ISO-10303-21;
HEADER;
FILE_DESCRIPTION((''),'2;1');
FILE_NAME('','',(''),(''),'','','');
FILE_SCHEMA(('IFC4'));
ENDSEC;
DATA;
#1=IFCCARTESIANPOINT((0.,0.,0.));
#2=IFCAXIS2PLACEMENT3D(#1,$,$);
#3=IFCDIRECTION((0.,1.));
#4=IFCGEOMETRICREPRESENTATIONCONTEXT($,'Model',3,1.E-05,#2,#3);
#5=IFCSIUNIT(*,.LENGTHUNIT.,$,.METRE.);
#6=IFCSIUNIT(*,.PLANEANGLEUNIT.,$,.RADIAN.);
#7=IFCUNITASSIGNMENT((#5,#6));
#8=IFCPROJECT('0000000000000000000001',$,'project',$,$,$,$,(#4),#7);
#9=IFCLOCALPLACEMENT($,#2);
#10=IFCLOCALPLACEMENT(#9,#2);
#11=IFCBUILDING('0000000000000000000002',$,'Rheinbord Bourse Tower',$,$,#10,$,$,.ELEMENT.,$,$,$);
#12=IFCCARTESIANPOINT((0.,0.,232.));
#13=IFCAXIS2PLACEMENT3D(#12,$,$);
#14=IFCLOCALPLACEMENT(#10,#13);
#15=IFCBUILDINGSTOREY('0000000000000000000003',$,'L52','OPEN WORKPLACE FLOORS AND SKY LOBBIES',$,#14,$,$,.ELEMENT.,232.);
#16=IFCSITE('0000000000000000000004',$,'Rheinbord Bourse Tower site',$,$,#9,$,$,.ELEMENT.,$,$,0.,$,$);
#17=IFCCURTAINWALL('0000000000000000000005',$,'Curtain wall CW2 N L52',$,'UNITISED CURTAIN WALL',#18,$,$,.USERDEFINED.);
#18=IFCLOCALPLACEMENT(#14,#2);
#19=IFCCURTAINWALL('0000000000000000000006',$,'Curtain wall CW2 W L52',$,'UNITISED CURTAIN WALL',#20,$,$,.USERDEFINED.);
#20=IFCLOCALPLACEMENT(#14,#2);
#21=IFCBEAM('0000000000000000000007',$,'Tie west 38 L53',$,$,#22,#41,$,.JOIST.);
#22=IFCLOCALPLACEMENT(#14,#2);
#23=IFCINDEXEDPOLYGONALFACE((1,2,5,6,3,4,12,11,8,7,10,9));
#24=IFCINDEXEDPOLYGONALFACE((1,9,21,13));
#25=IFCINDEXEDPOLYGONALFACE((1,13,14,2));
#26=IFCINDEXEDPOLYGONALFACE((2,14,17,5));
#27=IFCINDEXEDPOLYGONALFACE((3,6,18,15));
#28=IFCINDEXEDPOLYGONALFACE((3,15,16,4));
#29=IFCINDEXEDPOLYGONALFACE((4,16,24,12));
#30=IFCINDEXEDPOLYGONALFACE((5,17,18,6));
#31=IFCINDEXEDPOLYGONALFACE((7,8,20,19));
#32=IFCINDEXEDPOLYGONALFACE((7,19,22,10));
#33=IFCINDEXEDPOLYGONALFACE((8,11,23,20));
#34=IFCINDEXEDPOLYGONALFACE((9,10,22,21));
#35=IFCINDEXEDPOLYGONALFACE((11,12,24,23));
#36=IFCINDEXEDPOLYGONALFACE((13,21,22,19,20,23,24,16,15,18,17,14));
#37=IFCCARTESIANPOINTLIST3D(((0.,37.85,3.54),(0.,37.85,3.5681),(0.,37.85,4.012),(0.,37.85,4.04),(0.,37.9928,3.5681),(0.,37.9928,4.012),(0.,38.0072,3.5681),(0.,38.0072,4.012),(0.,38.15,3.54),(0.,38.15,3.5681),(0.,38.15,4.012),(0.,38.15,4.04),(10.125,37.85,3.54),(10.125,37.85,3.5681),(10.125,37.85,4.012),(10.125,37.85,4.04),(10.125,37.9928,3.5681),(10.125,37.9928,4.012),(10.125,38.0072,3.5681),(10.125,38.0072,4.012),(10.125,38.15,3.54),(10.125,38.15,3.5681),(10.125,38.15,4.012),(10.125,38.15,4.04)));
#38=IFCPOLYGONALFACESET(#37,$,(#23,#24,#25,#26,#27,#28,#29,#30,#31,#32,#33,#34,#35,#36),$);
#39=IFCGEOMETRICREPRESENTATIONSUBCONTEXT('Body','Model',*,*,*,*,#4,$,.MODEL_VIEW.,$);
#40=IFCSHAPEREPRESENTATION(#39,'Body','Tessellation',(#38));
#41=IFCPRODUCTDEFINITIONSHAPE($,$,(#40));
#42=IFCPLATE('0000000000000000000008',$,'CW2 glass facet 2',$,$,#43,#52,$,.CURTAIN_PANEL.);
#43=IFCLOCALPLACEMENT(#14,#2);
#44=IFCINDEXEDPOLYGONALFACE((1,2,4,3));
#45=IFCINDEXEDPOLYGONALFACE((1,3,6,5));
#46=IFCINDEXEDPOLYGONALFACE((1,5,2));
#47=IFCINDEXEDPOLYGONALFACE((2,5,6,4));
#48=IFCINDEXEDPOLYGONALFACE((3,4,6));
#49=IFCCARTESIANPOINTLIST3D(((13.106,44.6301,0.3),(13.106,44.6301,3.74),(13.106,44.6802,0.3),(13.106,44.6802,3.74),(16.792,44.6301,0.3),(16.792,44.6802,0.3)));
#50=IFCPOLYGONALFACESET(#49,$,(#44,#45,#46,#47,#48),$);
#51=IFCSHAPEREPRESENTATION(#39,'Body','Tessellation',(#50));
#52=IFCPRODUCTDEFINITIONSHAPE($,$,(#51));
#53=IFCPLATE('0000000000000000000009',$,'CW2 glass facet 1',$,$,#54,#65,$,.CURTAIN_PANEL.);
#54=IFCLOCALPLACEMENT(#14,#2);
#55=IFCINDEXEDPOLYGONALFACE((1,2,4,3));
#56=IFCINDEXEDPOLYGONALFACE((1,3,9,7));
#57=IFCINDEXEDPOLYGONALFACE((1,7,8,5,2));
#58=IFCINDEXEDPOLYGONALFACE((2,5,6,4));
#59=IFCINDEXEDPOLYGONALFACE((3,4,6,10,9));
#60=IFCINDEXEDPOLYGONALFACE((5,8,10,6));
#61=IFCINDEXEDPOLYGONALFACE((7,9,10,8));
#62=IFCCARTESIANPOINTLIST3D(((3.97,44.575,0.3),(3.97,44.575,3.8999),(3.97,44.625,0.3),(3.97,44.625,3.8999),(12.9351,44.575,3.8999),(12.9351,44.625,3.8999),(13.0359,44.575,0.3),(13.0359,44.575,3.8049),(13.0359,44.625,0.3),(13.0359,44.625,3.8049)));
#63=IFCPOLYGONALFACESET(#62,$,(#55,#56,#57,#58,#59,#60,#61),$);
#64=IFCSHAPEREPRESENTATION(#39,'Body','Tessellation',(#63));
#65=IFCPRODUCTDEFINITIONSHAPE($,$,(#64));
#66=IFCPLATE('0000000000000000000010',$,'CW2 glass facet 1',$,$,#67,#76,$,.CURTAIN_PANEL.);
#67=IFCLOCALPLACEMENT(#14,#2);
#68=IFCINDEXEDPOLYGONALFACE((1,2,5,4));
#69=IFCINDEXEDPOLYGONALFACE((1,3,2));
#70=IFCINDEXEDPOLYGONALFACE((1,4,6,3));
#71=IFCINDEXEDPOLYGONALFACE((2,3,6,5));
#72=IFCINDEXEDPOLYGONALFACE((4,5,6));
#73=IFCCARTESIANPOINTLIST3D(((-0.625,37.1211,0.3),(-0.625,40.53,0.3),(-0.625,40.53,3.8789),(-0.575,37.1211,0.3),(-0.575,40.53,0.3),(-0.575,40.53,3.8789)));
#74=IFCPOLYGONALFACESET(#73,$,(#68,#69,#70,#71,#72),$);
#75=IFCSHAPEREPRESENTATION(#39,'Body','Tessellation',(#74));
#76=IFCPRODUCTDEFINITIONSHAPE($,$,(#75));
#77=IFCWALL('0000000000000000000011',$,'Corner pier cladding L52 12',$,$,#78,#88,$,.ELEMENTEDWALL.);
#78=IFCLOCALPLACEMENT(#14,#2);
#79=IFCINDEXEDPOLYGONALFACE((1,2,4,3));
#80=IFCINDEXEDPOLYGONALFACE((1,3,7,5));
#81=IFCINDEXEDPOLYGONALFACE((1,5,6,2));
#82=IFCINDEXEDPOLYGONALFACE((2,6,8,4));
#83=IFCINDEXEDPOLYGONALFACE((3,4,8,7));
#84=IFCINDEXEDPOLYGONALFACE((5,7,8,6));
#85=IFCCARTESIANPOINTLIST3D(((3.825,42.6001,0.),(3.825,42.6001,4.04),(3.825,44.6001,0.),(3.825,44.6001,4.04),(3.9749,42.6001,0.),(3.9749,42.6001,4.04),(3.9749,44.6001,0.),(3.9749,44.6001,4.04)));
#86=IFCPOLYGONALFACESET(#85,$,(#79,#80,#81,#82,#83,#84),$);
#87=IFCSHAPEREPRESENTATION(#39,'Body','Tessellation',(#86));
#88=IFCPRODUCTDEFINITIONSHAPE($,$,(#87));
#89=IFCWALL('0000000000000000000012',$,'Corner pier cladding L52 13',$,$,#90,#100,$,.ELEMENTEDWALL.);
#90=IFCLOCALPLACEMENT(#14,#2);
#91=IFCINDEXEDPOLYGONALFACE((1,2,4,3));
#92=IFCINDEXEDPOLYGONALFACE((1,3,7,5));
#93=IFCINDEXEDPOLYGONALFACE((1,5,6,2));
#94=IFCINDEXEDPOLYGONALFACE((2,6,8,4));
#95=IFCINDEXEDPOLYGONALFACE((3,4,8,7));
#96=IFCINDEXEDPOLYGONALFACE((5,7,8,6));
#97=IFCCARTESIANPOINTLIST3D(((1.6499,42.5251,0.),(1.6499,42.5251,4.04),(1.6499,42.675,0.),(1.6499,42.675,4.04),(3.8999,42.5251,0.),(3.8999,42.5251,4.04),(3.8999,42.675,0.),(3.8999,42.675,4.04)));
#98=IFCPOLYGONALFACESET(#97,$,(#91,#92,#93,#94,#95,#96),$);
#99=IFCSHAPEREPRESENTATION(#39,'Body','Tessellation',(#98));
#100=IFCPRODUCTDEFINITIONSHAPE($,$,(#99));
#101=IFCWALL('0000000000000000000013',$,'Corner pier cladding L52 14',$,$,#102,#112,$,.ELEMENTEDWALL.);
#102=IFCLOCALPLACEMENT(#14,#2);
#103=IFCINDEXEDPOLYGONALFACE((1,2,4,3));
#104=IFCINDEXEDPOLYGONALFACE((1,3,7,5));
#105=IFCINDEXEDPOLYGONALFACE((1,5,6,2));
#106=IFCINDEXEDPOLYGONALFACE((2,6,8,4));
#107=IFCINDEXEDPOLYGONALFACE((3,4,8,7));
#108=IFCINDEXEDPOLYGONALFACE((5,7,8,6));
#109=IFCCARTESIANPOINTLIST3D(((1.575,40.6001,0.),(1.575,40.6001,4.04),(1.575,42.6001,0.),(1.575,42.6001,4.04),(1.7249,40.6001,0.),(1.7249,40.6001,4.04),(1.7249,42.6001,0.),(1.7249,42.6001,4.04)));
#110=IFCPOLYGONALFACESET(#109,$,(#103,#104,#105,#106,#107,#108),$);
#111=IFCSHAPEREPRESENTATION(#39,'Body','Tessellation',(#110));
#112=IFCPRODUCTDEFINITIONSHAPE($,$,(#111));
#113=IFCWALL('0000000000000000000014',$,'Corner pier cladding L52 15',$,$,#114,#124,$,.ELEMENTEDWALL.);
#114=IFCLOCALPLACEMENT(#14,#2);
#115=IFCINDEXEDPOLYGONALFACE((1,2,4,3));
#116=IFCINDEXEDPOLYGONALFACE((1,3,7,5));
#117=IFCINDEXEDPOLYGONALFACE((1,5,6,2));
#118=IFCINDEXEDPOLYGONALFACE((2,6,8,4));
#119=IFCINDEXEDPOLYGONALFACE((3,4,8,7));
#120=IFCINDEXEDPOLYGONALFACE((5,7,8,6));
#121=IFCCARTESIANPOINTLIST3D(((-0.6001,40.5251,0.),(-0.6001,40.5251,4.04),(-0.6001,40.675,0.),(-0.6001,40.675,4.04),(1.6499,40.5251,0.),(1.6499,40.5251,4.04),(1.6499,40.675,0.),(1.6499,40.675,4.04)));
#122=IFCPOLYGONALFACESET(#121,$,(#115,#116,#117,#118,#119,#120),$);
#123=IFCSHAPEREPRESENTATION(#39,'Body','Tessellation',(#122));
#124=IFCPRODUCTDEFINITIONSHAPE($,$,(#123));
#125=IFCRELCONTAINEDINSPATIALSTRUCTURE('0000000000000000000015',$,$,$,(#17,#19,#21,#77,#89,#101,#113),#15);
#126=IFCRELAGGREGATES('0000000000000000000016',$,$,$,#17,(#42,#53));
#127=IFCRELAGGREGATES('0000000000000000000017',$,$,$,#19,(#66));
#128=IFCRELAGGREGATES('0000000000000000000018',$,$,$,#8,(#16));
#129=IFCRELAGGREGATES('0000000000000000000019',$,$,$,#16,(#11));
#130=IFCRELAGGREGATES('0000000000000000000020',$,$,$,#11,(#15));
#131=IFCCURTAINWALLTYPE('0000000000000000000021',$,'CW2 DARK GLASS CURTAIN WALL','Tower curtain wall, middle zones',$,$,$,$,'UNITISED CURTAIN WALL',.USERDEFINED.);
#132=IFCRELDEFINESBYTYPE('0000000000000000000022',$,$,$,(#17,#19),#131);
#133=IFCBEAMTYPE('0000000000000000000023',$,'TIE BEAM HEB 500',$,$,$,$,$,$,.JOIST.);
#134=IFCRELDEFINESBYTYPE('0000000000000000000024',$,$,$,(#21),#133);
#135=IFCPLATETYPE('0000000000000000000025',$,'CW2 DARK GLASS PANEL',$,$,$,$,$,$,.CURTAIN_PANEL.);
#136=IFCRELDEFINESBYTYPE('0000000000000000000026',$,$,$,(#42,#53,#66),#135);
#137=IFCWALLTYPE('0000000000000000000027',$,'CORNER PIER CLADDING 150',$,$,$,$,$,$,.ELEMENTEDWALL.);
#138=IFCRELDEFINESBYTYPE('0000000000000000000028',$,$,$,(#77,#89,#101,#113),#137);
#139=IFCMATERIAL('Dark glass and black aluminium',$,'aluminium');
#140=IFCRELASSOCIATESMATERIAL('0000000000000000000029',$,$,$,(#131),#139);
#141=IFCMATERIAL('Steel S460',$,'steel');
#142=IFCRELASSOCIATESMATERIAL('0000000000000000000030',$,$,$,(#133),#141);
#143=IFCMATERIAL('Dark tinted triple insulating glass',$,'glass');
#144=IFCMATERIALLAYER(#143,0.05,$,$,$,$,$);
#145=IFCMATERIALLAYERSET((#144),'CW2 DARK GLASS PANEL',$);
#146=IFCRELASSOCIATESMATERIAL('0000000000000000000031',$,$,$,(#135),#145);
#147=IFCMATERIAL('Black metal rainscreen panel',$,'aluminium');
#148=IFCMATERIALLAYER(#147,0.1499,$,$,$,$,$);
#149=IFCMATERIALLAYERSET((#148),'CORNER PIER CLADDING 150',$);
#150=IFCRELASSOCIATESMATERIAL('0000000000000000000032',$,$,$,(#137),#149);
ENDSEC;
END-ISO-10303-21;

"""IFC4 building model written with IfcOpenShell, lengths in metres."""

from ifc_helpers import new_model, si_unit, direction, frame, frame_2d, origin, origin_2d, place, context, subcontext, project, spatial, polyline, rectangle, i_section, outline, extrude, material, layer, layer_set, material_profile, profile_set, type_object, element, aggregate, save


model = new_model("IFC4")

# Units and contexts
model_context = context("Model", 3, precision=1e-05, world=origin(), true_north=direction((0.0, 1.0)))
body_context = subcontext(model_context, "Body", "Model", "MODEL_VIEW")
ifc_project = project(units=[si_unit("LENGTHUNIT", "METRE"), si_unit("PLANEANGLEUNIT", "RADIAN")], contexts=[model_context])

# Site, building, storey
site_placement = place(None, origin())
site = spatial("IfcSite", under=ifc_project, at=site_placement, Name="Rheinbord Bourse Tower site", CompositionType="ELEMENT", RefElevation=0.0)
building_placement = place(site_placement, origin())
building = spatial("IfcBuilding", under=site, at=building_placement, Name="Rheinbord Bourse Tower", CompositionType="ELEMENT")
storey_placement = place(building_placement, frame((0.0, 0.0, 232.0)))
storey = spatial("IfcBuildingStorey", under=building, at=storey_placement, Name="L52", Description="OPEN WORKPLACE FLOORS AND SKY LOBBIES", CompositionType="ELEMENT", Elevation=232.0)

# Curtain wall
ifc_material_1 = material(Name="Dark glass and black aluminium", Category="aluminium")
curtain_wall_type = type_object("IfcCurtainWallType", Name="CW2 DARK GLASS CURTAIN WALL", Description="Tower curtain wall, middle zones", ElementType="UNITISED CURTAIN WALL", PredefinedType="USERDEFINED", material=ifc_material_1)
curtain_wall_1_placement = place(storey_placement, origin())
curtain_wall_1 = element("IfcCurtainWall", 1, at=curtain_wall_1_placement, inside=storey, type_object=curtain_wall_type, Name="Curtain wall CW2 N L52", ObjectType="UNITISED CURTAIN WALL", PredefinedType="USERDEFINED")

# Curtain wall
curtain_wall_2_placement = place(storey_placement, origin())
curtain_wall_2 = element("IfcCurtainWall", 2, at=curtain_wall_2_placement, inside=storey, type_object=curtain_wall_type, Name="Curtain wall CW2 W L52", ObjectType="UNITISED CURTAIN WALL", PredefinedType="USERDEFINED")

# Beam
ifc_material_2 = material(Name="Steel S460", Category="steel")
ifc_material_profile_1 = material_profile(ifc_material_2, i_section(OverallWidth=0.3, OverallDepth=0.5, WebThickness=0.0144, FlangeThickness=0.0281, at=origin_2d()), Name="HEB 500")
ifc_profile_set_1 = profile_set([ifc_material_profile_1], Name="Steel S460")
beam_type_1 = type_object("IfcBeamType", Name="TIE BEAM HEB 500", PredefinedType="JOIST", material=ifc_profile_set_1)
beam_1_placement = place(storey_placement, frame((0.0, 38.0, 3.79), z_axis=(1.0, 0.0, 0.0), x_axis=(0.0, 1.0, 0.0)))
element("IfcBeam", 3, at=beam_1_placement, inside=storey, type_object=beam_type_1, Name="Tie west 38 L53", PredefinedType="JOIST", context=body_context, shape_type="SweptSolid", body=[
    extrude(i_section(OverallWidth=0.3, OverallDepth=0.5, WebThickness=0.0144, FlangeThickness=0.0281, at=origin_2d()), origin(), (0.0, 0.0, 1.0), 10.125),
])

# Plates
ifc_material_3 = material(Name="Dark tinted triple insulating glass", Category="glass")
ifc_layer_1 = layer(ifc_material_3, 0.05)
ifc_layer_set_1 = layer_set([ifc_layer_1], Name="CW2 DARK GLASS PANEL")
plate_type = type_object("IfcPlateType", Name="CW2 DARK GLASS PANEL", PredefinedType="CURTAIN_PANEL", material=ifc_layer_set_1)
plate_1_placement = place(storey_placement, frame((13.106, 44.6802, 0.3), z_axis=(0.0, -1.0, 0.0), x_axis=(1.0, 0.0, 0.0)))
plate_1 = element("IfcPlate", 4, at=plate_1_placement, type_object=plate_type, Name="CW2 glass facet 2", PredefinedType="CURTAIN_PANEL", context=body_context, shape_type="SweptSolid", body=[
    extrude(outline(polyline([(0.0, 0.0), (3.686, 0.0), (0.0, 3.4399), (0.0, 0.0)])), origin(), (0.0, 0.0, 1.0), 0.05),
])
plate_2_placement = place(storey_placement, frame((3.97, 44.625, 3.8999), z_axis=(0.0, -1.0, 0.0), x_axis=(0.0, 0.0, -1.0)))
plate_2 = element("IfcPlate", 5, at=plate_2_placement, type_object=plate_type, Name="CW2 glass facet 1", PredefinedType="CURTAIN_PANEL", context=body_context, shape_type="SweptSolid", body=[
    extrude(outline(polyline([(0.0, 0.0), (3.5999, 0.0), (3.5999, 9.0659), (0.095, 9.0659), (0.0, 8.9651), (0.0, 0.0)])), origin(), (0.0, 0.0, 1.0), 0.05),
])
aggregate(curtain_wall_1, [plate_1, plate_2])
plate_3_placement = place(storey_placement, frame((-0.625, 40.53, 0.3), z_axis=(1.0, 0.0, 0.0), x_axis=(0.0, 0.0, 1.0)))
plate_3 = element("IfcPlate", 6, at=plate_3_placement, type_object=plate_type, Name="CW2 glass facet 1", PredefinedType="CURTAIN_PANEL", context=body_context, shape_type="SweptSolid", body=[
    extrude(outline(polyline([(0.0, 0.0), (3.5789, 0.0), (0.0, 3.4089), (0.0, 0.0)])), origin(), (0.0, 0.0, 1.0), 0.05),
])
aggregate(curtain_wall_2, [plate_3])

# Walls
ifc_material_4 = material(Name="Black metal rainscreen panel", Category="aluminium")
ifc_layer_2 = layer(ifc_material_4, 0.1499)
ifc_layer_set_2 = layer_set([ifc_layer_2], Name="CORNER PIER CLADDING 150")
wall_type = type_object("IfcWallType", Name="CORNER PIER CLADDING 150", PredefinedType="ELEMENTEDWALL", material=ifc_layer_set_2)
wall_1_placement = place(storey_placement, frame((3.8999, 44.6001, 0.0), z_axis=(0.0, 0.0, 1.0), x_axis=(0.0, -1.0, 0.0)))
element("IfcWall", 7, at=wall_1_placement, inside=storey, type_object=wall_type, Name="Corner pier cladding L52 12", PredefinedType="ELEMENTEDWALL", context=body_context, shape_type="SweptSolid", body=[
    extrude(rectangle(XDim=2.0, YDim=0.1499, at=frame_2d((1.0, 0.0))), origin(), (0.0, 0.0, 1.0), 4.04),
])
wall_2_placement = place(storey_placement, frame((3.8999, 42.6001, 0.0), z_axis=(0.0, 0.0, 1.0), x_axis=(-1.0, 0.0, 0.0)))
element("IfcWall", 8, at=wall_2_placement, inside=storey, type_object=wall_type, Name="Corner pier cladding L52 13", PredefinedType="ELEMENTEDWALL", context=body_context, shape_type="SweptSolid", body=[
    extrude(rectangle(XDim=2.25, YDim=0.1499, at=frame_2d((1.125, 0.0))), origin(), (0.0, 0.0, 1.0), 4.04),
])
wall_3_placement = place(storey_placement, frame((1.6499, 42.6001, 0.0), z_axis=(0.0, 0.0, 1.0), x_axis=(0.0, -1.0, 0.0)))
element("IfcWall", 9, at=wall_3_placement, inside=storey, type_object=wall_type, Name="Corner pier cladding L52 14", PredefinedType="ELEMENTEDWALL", context=body_context, shape_type="SweptSolid", body=[
    extrude(rectangle(XDim=2.0, YDim=0.1499, at=frame_2d((1.0, 0.0))), origin(), (0.0, 0.0, 1.0), 4.04),
])
wall_4_placement = place(storey_placement, frame((1.6499, 40.6001, 0.0), z_axis=(0.0, 0.0, 1.0), x_axis=(-1.0, 0.0, 0.0)))
element("IfcWall", 10, at=wall_4_placement, inside=storey, type_object=wall_type, Name="Corner pier cladding L52 15", PredefinedType="ELEMENTEDWALL", context=body_context, shape_type="SweptSolid", body=[
    extrude(rectangle(XDim=2.25, YDim=0.1499, at=frame_2d((1.125, 0.0))), origin(), (0.0, 0.0, 1.0), 4.04),
])

save(model, "model.ifc")
